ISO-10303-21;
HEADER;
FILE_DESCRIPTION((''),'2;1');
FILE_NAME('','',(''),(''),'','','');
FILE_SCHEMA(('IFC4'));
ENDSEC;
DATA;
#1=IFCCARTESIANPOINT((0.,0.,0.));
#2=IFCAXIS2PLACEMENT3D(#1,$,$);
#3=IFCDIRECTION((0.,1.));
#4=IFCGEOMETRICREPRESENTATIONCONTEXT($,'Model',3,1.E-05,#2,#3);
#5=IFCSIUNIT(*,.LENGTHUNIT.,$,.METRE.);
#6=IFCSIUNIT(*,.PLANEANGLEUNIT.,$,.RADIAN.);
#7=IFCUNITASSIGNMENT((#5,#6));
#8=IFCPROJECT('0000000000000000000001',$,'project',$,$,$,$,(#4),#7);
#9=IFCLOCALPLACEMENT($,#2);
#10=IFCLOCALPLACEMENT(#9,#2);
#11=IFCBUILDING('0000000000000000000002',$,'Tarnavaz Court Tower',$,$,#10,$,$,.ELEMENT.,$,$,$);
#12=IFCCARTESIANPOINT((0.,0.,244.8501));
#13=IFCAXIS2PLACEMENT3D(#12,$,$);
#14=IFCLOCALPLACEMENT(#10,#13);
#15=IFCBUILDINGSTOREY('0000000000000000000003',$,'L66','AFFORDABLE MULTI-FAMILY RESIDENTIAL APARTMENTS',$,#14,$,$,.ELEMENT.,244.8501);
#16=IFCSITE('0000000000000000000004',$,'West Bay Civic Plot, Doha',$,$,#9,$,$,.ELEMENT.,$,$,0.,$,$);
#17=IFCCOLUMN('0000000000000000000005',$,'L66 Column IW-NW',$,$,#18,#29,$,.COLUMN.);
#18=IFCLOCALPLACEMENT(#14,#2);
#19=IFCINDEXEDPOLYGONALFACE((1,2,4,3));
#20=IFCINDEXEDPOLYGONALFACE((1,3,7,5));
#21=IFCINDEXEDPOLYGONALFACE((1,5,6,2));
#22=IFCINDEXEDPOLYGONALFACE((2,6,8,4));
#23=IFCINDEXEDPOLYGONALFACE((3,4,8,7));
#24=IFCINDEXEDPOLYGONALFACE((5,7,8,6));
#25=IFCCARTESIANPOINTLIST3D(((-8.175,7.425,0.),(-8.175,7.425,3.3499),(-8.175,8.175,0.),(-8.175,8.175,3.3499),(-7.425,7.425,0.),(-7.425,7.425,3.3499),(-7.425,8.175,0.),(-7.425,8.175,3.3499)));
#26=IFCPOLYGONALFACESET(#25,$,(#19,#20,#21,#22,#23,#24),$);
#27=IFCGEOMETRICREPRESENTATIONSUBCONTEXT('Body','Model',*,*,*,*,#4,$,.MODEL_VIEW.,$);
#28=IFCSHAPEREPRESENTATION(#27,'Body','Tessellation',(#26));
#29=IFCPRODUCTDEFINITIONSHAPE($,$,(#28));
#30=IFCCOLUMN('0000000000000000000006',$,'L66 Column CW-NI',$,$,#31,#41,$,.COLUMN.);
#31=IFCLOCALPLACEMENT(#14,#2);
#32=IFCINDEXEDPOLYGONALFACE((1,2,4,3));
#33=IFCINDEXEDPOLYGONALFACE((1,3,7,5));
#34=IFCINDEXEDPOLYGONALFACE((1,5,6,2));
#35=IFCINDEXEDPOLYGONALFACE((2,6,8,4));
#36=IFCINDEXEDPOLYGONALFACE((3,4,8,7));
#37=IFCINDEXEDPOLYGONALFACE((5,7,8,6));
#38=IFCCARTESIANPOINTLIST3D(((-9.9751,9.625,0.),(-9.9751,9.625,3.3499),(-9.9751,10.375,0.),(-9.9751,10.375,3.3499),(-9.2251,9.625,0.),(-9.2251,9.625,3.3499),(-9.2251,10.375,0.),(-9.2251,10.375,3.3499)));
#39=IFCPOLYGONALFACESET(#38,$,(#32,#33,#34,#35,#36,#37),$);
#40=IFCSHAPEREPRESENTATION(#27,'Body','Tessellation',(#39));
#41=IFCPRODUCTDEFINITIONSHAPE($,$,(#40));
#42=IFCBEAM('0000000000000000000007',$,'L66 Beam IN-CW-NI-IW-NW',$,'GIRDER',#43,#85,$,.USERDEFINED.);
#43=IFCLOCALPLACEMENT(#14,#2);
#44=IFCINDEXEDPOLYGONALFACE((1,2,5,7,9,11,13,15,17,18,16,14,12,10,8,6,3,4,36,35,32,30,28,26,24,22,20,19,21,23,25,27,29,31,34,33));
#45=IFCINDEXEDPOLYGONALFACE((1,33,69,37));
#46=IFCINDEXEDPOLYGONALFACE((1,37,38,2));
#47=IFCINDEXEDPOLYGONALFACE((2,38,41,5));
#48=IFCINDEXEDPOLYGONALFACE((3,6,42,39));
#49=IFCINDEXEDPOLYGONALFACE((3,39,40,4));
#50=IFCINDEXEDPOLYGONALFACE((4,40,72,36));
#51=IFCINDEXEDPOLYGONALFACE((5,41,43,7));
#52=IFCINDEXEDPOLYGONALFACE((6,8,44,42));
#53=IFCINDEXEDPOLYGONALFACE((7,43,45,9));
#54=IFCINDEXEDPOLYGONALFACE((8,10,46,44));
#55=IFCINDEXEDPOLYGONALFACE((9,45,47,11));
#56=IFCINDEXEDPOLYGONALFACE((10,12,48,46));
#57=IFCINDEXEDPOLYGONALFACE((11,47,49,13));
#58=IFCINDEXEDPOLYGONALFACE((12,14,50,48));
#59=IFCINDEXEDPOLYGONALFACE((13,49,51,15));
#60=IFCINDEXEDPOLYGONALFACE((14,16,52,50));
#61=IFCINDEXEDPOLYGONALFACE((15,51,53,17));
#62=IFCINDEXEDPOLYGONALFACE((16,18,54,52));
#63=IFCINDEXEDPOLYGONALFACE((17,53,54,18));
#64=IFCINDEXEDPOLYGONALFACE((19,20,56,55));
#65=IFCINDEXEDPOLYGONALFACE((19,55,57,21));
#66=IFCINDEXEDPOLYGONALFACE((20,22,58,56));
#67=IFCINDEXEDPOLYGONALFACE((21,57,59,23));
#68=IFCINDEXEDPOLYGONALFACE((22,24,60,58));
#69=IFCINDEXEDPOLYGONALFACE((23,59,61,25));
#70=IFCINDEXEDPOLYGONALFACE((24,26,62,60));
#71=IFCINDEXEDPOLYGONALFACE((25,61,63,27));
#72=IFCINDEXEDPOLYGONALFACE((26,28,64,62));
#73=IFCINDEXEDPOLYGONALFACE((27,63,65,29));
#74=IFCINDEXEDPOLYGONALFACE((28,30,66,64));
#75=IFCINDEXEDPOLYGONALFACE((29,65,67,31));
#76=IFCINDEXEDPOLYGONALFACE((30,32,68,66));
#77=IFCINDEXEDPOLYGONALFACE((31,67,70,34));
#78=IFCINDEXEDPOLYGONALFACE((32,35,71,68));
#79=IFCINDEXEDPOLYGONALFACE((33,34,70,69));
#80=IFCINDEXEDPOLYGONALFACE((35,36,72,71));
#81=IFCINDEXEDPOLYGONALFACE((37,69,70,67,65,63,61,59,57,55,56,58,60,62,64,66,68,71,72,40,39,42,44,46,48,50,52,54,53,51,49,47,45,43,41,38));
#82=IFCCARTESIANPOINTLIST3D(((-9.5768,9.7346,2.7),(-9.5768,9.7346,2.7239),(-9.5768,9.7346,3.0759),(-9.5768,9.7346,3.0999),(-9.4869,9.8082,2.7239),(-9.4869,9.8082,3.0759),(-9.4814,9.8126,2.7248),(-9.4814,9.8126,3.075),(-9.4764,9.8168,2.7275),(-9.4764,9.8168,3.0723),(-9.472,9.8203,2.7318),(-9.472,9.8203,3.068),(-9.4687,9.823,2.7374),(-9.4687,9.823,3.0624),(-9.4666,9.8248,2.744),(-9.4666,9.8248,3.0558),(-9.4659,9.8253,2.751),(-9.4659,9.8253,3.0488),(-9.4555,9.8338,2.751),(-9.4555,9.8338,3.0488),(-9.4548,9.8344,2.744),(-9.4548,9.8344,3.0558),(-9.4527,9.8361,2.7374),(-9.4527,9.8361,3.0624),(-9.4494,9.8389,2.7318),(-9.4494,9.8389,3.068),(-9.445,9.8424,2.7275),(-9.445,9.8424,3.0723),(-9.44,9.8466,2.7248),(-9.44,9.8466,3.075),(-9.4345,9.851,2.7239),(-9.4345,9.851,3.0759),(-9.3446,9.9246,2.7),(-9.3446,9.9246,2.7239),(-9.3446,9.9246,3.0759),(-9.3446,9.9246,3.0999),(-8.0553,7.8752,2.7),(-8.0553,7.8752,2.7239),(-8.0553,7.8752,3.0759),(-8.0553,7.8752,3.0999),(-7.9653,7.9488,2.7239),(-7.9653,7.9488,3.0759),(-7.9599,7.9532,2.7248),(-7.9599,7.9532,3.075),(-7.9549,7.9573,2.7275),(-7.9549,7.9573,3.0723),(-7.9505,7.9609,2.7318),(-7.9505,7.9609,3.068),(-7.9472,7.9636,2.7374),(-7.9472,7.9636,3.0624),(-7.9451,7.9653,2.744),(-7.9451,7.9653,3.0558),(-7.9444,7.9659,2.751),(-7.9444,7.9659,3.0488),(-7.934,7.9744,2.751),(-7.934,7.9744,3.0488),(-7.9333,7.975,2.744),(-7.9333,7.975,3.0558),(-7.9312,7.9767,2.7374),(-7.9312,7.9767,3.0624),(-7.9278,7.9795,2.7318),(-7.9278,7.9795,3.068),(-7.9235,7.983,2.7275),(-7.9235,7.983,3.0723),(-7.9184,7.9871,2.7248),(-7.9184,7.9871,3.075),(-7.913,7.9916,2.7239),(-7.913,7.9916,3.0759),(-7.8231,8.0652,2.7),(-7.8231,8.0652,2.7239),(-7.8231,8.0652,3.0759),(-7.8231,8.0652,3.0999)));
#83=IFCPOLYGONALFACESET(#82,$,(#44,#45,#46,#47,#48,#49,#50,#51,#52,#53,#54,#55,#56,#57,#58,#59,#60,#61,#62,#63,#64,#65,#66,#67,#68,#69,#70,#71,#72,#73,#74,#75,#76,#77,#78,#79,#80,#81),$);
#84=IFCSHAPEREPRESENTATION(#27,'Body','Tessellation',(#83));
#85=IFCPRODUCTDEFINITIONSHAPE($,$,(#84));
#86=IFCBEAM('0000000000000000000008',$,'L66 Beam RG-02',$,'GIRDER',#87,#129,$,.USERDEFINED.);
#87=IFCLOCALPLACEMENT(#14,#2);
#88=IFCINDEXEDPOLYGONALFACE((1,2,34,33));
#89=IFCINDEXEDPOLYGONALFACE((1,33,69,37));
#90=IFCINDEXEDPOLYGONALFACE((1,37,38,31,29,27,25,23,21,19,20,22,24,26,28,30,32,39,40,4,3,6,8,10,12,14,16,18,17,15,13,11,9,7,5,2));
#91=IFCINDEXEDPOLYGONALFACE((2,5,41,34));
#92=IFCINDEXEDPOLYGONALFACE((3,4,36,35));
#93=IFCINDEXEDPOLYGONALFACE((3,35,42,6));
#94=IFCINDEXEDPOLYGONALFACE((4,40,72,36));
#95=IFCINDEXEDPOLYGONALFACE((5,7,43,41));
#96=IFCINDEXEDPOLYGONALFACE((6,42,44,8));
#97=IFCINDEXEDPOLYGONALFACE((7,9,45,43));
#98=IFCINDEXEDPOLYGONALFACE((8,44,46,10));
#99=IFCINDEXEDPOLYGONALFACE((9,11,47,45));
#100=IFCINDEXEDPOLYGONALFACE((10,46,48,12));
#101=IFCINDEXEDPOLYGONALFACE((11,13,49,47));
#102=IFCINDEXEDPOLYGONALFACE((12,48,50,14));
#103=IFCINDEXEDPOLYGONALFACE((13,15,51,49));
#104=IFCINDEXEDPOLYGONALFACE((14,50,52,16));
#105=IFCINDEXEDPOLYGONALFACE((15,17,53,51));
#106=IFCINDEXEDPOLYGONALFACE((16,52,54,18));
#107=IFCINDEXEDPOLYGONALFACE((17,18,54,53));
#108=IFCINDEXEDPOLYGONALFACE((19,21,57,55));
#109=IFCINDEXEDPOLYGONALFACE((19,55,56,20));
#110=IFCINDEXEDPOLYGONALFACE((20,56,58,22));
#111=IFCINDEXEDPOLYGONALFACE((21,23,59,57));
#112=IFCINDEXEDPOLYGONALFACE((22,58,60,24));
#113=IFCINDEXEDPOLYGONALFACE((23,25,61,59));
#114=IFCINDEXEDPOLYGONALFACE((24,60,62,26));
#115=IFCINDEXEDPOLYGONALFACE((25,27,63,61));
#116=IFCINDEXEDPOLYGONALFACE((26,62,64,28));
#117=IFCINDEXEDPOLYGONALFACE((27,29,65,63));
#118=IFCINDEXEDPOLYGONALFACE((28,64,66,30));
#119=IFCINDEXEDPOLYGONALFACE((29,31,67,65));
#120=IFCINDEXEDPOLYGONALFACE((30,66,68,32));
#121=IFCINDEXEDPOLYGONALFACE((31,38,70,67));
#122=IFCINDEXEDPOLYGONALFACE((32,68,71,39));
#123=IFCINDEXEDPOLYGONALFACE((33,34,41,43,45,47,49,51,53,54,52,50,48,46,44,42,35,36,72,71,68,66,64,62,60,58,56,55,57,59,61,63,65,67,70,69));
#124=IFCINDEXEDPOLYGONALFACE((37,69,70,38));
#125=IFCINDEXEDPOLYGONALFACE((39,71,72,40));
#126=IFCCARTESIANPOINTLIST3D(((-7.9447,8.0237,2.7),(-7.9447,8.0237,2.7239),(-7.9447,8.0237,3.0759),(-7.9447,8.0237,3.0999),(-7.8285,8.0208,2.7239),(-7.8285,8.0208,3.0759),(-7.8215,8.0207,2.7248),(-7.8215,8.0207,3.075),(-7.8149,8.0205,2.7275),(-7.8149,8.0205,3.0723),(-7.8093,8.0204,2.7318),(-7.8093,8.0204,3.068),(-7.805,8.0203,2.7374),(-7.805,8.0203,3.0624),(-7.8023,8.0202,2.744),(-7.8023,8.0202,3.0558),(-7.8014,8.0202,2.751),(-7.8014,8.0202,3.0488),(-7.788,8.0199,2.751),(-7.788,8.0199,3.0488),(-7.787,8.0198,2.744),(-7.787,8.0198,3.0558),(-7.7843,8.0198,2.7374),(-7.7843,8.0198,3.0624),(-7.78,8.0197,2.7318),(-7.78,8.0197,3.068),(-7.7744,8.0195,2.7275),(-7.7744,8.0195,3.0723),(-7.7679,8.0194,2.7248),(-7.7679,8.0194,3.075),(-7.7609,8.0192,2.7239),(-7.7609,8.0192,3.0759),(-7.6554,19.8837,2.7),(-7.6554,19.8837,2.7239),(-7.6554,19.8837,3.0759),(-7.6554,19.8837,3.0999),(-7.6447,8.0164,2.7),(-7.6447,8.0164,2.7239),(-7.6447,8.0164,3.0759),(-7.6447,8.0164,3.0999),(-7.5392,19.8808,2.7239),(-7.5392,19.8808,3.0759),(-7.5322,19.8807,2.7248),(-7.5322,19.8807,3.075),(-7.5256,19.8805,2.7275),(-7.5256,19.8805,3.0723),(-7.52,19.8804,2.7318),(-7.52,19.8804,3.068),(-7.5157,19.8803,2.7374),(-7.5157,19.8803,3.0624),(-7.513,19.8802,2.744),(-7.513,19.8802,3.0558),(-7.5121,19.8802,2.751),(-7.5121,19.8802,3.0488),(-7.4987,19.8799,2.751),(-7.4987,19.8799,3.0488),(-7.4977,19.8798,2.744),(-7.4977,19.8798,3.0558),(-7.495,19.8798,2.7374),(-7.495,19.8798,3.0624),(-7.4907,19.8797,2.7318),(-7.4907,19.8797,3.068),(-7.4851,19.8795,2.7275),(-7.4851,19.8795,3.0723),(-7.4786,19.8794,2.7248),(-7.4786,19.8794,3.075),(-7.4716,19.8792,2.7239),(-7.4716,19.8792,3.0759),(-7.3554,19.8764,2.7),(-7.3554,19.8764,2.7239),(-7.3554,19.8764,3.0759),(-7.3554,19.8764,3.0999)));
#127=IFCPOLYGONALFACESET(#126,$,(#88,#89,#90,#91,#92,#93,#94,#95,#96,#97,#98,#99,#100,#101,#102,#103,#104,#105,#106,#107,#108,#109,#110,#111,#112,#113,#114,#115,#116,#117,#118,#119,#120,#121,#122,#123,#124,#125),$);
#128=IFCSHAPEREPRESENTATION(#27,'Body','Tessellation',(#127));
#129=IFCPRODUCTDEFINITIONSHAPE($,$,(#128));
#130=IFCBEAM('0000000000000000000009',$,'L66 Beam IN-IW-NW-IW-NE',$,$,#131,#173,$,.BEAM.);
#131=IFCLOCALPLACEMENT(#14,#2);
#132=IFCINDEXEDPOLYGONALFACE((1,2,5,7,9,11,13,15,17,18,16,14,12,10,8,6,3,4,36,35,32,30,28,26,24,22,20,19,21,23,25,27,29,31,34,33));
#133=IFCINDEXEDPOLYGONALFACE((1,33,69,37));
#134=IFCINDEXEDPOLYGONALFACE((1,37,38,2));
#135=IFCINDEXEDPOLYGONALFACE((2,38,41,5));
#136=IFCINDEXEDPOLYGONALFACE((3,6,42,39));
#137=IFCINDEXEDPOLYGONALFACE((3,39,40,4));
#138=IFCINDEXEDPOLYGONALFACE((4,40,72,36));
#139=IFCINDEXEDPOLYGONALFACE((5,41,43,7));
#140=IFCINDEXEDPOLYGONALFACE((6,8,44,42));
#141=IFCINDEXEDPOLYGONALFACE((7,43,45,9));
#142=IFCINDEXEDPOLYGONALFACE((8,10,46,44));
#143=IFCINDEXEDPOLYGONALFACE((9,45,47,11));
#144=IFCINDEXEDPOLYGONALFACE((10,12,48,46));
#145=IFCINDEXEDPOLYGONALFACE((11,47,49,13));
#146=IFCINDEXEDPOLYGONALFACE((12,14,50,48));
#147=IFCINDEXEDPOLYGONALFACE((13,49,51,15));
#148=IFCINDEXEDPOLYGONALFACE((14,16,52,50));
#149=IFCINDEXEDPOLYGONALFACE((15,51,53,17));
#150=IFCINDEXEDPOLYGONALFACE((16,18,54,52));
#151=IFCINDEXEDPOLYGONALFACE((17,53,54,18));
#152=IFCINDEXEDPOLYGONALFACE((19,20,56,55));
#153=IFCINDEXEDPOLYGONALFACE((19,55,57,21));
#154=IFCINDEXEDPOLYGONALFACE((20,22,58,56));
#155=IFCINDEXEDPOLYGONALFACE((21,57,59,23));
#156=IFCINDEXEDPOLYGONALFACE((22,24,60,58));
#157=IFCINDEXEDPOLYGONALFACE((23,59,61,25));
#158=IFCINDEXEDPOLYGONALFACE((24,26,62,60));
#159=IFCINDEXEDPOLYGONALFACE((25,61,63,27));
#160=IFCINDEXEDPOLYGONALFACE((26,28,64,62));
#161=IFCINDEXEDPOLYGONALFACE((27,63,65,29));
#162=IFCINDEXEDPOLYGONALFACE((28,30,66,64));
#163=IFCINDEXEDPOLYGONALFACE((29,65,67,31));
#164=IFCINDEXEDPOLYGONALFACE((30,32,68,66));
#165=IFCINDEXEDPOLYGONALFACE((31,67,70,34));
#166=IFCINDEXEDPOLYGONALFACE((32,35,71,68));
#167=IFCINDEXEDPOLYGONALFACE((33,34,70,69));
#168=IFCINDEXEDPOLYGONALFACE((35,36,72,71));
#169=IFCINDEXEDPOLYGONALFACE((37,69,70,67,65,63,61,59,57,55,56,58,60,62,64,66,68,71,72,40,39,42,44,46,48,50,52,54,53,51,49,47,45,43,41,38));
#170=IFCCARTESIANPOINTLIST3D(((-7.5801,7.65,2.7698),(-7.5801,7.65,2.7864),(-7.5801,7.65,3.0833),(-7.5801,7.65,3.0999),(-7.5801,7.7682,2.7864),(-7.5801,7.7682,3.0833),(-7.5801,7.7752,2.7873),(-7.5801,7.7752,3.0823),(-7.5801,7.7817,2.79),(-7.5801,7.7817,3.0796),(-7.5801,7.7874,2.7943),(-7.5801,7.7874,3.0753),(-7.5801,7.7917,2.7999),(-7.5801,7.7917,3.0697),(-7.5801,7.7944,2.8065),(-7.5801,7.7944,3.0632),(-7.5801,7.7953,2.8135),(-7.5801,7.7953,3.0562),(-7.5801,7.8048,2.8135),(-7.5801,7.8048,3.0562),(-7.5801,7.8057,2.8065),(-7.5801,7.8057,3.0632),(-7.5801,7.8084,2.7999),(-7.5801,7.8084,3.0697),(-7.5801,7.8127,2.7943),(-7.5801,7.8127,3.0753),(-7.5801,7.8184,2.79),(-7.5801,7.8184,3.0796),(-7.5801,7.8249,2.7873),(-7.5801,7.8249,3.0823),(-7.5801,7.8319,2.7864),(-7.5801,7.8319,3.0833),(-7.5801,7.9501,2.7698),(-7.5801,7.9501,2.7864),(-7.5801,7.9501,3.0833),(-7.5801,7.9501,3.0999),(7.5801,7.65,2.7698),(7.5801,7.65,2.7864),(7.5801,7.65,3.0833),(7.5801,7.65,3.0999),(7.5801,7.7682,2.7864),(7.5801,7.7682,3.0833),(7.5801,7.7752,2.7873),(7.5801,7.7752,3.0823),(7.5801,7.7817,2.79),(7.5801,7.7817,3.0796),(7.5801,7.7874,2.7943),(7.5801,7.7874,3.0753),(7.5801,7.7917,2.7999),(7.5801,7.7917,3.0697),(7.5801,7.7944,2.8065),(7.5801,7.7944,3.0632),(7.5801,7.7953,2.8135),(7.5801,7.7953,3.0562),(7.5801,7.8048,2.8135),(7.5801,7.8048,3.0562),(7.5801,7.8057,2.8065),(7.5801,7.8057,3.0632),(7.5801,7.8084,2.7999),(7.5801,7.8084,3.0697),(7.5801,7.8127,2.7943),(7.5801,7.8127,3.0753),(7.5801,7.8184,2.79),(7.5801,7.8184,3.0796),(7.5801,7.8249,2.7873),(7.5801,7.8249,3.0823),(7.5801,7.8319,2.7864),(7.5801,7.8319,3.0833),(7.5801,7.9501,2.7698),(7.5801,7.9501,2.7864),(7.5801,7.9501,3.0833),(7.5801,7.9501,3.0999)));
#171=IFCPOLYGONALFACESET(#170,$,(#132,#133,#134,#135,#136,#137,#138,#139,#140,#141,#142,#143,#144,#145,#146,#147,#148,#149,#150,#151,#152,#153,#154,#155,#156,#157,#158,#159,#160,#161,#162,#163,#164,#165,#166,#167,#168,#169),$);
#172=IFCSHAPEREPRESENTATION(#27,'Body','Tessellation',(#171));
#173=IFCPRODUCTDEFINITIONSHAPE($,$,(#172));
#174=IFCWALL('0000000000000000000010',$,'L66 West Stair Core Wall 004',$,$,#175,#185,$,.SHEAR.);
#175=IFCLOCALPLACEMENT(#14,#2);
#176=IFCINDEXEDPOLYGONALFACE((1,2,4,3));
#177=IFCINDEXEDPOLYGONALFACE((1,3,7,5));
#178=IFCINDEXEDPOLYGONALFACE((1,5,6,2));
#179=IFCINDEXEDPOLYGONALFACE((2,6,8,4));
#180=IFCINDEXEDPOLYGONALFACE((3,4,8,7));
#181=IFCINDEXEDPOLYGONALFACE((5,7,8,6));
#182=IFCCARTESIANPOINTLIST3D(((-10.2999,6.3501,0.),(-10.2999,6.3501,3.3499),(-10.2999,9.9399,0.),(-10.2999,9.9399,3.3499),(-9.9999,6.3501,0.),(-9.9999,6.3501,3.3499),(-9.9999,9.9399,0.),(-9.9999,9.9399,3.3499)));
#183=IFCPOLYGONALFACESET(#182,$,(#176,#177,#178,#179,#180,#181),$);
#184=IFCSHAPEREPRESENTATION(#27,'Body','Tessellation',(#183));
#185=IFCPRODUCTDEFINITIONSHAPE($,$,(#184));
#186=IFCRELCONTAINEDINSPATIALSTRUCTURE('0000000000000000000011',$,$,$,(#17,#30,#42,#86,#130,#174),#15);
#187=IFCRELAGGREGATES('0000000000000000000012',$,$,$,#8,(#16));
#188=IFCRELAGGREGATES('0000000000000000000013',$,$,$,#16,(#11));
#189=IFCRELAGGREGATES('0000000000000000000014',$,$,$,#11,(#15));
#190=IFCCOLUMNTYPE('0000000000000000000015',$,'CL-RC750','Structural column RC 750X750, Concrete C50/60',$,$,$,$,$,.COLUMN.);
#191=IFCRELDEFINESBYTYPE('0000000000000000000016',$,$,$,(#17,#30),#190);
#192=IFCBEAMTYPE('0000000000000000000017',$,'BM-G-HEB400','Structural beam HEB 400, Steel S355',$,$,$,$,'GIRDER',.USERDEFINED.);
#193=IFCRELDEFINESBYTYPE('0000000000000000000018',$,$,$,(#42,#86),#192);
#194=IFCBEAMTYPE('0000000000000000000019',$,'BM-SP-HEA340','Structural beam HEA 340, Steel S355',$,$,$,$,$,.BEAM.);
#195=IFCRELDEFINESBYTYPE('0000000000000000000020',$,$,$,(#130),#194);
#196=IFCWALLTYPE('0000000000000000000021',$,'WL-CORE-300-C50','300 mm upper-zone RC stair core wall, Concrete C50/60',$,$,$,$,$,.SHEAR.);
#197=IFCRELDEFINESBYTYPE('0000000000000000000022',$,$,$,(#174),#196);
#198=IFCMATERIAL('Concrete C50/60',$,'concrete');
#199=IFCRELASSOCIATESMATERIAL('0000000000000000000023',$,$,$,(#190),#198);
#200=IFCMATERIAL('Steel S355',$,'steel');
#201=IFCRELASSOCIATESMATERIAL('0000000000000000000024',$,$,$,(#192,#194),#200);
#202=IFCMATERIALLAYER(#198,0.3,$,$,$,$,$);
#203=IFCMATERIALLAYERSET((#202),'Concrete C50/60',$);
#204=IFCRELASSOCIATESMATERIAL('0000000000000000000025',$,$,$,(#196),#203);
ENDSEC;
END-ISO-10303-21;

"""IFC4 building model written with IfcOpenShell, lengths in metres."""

from ifc_helpers import new_model, si_unit, direction, frame, frame_2d, origin, origin_2d, place, context, subcontext, project, spatial, rectangle, i_section, extrude, material, layer, layer_set, material_profile, profile_set, type_object, element, save


model = new_model("IFC4")

# Units and contexts
model_context = context("Model", 3, precision=1e-05, world=origin(), true_north=direction((0.0, 1.0)))
body_context = subcontext(model_context, "Body", "Model", "MODEL_VIEW")
ifc_project = project(units=[si_unit("LENGTHUNIT", "METRE"), si_unit("PLANEANGLEUNIT", "RADIAN")], contexts=[model_context])

# Site, building, storey
site_placement = place(None, origin())
site = spatial("IfcSite", under=ifc_project, at=site_placement, Name="West Bay Civic Plot, Doha", CompositionType="ELEMENT", RefElevation=0.0)
building_placement = place(site_placement, origin())
building = spatial("IfcBuilding", under=site, at=building_placement, Name="Tarnavaz Court Tower", CompositionType="ELEMENT")
storey_placement = place(building_placement, frame((0.0, 0.0, 244.8501)))
storey = spatial("IfcBuildingStorey", under=building, at=storey_placement, Name="L66", Description="AFFORDABLE MULTI-FAMILY RESIDENTIAL APARTMENTS", CompositionType="ELEMENT", Elevation=244.8501)

# Columns
ifc_material_1 = material(Name="Concrete C50/60", Category="concrete")
ifc_material_profile_1 = material_profile(ifc_material_1, rectangle(XDim=0.75, YDim=0.75, at=origin_2d()), Name="RC 750X750")
ifc_profile_set_1 = profile_set([ifc_material_profile_1], Name="Concrete C50/60")
column_type = type_object("IfcColumnType", Name="CL-RC750", Description="Structural column RC 750X750, Concrete C50/60", PredefinedType="COLUMN", material=ifc_profile_set_1)
for number, where, z_axis, x_axis, name in (
    (1, (-7.8, 7.8, 0.0), (0.0, 0.0, 1.0), (1.0, 0.0, 0.0), "L66 Column IW-NW"),
    (2, (-9.6001, 10.0, 0.0), (0.0, 0.0, 1.0), (1.0, 0.0, 0.0), "L66 Column CW-NI"),
):
    element("IfcColumn", number, at=place(storey_placement, frame(where, z_axis=z_axis, x_axis=x_axis)), inside=storey, type_object=column_type, Name=name, PredefinedType="COLUMN", context=body_context, shape_type="SweptSolid", body=[
        extrude(rectangle(XDim=0.75, YDim=0.75, at=origin_2d()), origin(), (0.0, 0.0, 1.0), 3.3499),
    ])

# Beams
ifc_material_2 = material(Name="Steel S355", Category="steel")
ifc_material_profile_2 = material_profile(ifc_material_2, i_section(OverallWidth=0.3, OverallDepth=0.3999, WebThickness=0.0134, FlangeThickness=0.0239, FilletRadius=0.0271, at=origin_2d()), Name="HEB 400")
ifc_profile_set_2 = profile_set([ifc_material_profile_2], Name="Steel S355")
beam_type_1 = type_object("IfcBeamType", Name="BM-G-HEB400", Description="Structural beam HEB 400, Steel S355", ElementType="GIRDER", PredefinedType="USERDEFINED", material=ifc_profile_set_2)
beam_1_placement = place(storey_placement, frame((-9.4607, 9.8296, 2.8999), z_axis=(0.633282, -0.773921, 0.0), x_axis=(0.773921, 0.633282, 0.0)))
element("IfcBeam", 3, at=beam_1_placement, inside=storey, type_object=beam_type_1, Name="L66 Beam IN-CW-NI-IW-NW", ObjectType="GIRDER", PredefinedType="USERDEFINED", context=body_context, shape_type="SweptSolid", body=[
    extrude(i_section(OverallWidth=0.3, OverallDepth=0.3999, WebThickness=0.0134, FlangeThickness=0.0239, FilletRadius=0.0271, at=origin_2d()), origin(), (0.0, 0.0, 1.0), 2.4026),
])
beam_2_placement = place(storey_placement, frame((-7.7947, 8.02, 2.8999), z_axis=(0.024386, 0.999703, 0.0), x_axis=(-0.999703, 0.024386, 0.0)))
element("IfcBeam", 4, at=beam_2_placement, inside=storey, type_object=beam_type_1, Name="L66 Beam RG-02", ObjectType="GIRDER", PredefinedType="USERDEFINED", context=body_context, shape_type="SweptSolid", body=[
    extrude(i_section(OverallWidth=0.3, OverallDepth=0.3999, WebThickness=0.0134, FlangeThickness=0.0239, FilletRadius=0.0271, at=origin_2d()), origin(), (0.0, 0.0, 1.0), 11.8635),
])
ifc_material_profile_3 = material_profile(ifc_material_2, i_section(OverallWidth=0.3, OverallDepth=0.3301, WebThickness=0.0095, FlangeThickness=0.0166, FilletRadius=0.0271, at=origin_2d()), Name="HEA 340")
ifc_profile_set_3 = profile_set([ifc_material_profile_3], Name="Steel S355")
beam_type_2 = type_object("IfcBeamType", Name="BM-SP-HEA340", Description="Structural beam HEA 340, Steel S355", PredefinedType="BEAM", material=ifc_profile_set_3)
beam_3_placement = place(storey_placement, frame((-7.5801, 7.8, 2.9348), z_axis=(1.0, 0.0, 0.0), x_axis=(0.0, 1.0, 0.0)))
element("IfcBeam", 5, at=beam_3_placement, inside=storey, type_object=beam_type_2, Name="L66 Beam IN-IW-NW-IW-NE", PredefinedType="BEAM", context=body_context, shape_type="SweptSolid", body=[
    extrude(i_section(OverallWidth=0.3, OverallDepth=0.3301, WebThickness=0.0095, FlangeThickness=0.0166, FilletRadius=0.0271, at=origin_2d()), origin(), (0.0, 0.0, 1.0), 15.1602),
])

# Wall
ifc_layer_1 = layer(ifc_material_1, 0.3)
ifc_layer_set_1 = layer_set([ifc_layer_1], Name="Concrete C50/60")
wall_type_1 = type_object("IfcWallType", Name="WL-CORE-300-C50", Description="300 mm upper-zone RC stair core wall, Concrete C50/60", PredefinedType="SHEAR", material=ifc_layer_set_1)
wall_1_placement = place(storey_placement, frame((-10.1499, 6.3501, 0.0), z_axis=(0.0, 0.0, 1.0), x_axis=(0.0, 1.0, 0.0)))
element("IfcWall", 6, at=wall_1_placement, inside=storey, type_object=wall_type_1, Name="L66 West Stair Core Wall 004", PredefinedType="SHEAR", context=body_context, shape_type="SweptSolid", body=[
    extrude(rectangle(XDim=3.5898, YDim=0.3, at=frame_2d((1.7949, 0.0))), origin(), (0.0, 0.0, 1.0), 3.3499),
])

save(model, "model.ifc")
